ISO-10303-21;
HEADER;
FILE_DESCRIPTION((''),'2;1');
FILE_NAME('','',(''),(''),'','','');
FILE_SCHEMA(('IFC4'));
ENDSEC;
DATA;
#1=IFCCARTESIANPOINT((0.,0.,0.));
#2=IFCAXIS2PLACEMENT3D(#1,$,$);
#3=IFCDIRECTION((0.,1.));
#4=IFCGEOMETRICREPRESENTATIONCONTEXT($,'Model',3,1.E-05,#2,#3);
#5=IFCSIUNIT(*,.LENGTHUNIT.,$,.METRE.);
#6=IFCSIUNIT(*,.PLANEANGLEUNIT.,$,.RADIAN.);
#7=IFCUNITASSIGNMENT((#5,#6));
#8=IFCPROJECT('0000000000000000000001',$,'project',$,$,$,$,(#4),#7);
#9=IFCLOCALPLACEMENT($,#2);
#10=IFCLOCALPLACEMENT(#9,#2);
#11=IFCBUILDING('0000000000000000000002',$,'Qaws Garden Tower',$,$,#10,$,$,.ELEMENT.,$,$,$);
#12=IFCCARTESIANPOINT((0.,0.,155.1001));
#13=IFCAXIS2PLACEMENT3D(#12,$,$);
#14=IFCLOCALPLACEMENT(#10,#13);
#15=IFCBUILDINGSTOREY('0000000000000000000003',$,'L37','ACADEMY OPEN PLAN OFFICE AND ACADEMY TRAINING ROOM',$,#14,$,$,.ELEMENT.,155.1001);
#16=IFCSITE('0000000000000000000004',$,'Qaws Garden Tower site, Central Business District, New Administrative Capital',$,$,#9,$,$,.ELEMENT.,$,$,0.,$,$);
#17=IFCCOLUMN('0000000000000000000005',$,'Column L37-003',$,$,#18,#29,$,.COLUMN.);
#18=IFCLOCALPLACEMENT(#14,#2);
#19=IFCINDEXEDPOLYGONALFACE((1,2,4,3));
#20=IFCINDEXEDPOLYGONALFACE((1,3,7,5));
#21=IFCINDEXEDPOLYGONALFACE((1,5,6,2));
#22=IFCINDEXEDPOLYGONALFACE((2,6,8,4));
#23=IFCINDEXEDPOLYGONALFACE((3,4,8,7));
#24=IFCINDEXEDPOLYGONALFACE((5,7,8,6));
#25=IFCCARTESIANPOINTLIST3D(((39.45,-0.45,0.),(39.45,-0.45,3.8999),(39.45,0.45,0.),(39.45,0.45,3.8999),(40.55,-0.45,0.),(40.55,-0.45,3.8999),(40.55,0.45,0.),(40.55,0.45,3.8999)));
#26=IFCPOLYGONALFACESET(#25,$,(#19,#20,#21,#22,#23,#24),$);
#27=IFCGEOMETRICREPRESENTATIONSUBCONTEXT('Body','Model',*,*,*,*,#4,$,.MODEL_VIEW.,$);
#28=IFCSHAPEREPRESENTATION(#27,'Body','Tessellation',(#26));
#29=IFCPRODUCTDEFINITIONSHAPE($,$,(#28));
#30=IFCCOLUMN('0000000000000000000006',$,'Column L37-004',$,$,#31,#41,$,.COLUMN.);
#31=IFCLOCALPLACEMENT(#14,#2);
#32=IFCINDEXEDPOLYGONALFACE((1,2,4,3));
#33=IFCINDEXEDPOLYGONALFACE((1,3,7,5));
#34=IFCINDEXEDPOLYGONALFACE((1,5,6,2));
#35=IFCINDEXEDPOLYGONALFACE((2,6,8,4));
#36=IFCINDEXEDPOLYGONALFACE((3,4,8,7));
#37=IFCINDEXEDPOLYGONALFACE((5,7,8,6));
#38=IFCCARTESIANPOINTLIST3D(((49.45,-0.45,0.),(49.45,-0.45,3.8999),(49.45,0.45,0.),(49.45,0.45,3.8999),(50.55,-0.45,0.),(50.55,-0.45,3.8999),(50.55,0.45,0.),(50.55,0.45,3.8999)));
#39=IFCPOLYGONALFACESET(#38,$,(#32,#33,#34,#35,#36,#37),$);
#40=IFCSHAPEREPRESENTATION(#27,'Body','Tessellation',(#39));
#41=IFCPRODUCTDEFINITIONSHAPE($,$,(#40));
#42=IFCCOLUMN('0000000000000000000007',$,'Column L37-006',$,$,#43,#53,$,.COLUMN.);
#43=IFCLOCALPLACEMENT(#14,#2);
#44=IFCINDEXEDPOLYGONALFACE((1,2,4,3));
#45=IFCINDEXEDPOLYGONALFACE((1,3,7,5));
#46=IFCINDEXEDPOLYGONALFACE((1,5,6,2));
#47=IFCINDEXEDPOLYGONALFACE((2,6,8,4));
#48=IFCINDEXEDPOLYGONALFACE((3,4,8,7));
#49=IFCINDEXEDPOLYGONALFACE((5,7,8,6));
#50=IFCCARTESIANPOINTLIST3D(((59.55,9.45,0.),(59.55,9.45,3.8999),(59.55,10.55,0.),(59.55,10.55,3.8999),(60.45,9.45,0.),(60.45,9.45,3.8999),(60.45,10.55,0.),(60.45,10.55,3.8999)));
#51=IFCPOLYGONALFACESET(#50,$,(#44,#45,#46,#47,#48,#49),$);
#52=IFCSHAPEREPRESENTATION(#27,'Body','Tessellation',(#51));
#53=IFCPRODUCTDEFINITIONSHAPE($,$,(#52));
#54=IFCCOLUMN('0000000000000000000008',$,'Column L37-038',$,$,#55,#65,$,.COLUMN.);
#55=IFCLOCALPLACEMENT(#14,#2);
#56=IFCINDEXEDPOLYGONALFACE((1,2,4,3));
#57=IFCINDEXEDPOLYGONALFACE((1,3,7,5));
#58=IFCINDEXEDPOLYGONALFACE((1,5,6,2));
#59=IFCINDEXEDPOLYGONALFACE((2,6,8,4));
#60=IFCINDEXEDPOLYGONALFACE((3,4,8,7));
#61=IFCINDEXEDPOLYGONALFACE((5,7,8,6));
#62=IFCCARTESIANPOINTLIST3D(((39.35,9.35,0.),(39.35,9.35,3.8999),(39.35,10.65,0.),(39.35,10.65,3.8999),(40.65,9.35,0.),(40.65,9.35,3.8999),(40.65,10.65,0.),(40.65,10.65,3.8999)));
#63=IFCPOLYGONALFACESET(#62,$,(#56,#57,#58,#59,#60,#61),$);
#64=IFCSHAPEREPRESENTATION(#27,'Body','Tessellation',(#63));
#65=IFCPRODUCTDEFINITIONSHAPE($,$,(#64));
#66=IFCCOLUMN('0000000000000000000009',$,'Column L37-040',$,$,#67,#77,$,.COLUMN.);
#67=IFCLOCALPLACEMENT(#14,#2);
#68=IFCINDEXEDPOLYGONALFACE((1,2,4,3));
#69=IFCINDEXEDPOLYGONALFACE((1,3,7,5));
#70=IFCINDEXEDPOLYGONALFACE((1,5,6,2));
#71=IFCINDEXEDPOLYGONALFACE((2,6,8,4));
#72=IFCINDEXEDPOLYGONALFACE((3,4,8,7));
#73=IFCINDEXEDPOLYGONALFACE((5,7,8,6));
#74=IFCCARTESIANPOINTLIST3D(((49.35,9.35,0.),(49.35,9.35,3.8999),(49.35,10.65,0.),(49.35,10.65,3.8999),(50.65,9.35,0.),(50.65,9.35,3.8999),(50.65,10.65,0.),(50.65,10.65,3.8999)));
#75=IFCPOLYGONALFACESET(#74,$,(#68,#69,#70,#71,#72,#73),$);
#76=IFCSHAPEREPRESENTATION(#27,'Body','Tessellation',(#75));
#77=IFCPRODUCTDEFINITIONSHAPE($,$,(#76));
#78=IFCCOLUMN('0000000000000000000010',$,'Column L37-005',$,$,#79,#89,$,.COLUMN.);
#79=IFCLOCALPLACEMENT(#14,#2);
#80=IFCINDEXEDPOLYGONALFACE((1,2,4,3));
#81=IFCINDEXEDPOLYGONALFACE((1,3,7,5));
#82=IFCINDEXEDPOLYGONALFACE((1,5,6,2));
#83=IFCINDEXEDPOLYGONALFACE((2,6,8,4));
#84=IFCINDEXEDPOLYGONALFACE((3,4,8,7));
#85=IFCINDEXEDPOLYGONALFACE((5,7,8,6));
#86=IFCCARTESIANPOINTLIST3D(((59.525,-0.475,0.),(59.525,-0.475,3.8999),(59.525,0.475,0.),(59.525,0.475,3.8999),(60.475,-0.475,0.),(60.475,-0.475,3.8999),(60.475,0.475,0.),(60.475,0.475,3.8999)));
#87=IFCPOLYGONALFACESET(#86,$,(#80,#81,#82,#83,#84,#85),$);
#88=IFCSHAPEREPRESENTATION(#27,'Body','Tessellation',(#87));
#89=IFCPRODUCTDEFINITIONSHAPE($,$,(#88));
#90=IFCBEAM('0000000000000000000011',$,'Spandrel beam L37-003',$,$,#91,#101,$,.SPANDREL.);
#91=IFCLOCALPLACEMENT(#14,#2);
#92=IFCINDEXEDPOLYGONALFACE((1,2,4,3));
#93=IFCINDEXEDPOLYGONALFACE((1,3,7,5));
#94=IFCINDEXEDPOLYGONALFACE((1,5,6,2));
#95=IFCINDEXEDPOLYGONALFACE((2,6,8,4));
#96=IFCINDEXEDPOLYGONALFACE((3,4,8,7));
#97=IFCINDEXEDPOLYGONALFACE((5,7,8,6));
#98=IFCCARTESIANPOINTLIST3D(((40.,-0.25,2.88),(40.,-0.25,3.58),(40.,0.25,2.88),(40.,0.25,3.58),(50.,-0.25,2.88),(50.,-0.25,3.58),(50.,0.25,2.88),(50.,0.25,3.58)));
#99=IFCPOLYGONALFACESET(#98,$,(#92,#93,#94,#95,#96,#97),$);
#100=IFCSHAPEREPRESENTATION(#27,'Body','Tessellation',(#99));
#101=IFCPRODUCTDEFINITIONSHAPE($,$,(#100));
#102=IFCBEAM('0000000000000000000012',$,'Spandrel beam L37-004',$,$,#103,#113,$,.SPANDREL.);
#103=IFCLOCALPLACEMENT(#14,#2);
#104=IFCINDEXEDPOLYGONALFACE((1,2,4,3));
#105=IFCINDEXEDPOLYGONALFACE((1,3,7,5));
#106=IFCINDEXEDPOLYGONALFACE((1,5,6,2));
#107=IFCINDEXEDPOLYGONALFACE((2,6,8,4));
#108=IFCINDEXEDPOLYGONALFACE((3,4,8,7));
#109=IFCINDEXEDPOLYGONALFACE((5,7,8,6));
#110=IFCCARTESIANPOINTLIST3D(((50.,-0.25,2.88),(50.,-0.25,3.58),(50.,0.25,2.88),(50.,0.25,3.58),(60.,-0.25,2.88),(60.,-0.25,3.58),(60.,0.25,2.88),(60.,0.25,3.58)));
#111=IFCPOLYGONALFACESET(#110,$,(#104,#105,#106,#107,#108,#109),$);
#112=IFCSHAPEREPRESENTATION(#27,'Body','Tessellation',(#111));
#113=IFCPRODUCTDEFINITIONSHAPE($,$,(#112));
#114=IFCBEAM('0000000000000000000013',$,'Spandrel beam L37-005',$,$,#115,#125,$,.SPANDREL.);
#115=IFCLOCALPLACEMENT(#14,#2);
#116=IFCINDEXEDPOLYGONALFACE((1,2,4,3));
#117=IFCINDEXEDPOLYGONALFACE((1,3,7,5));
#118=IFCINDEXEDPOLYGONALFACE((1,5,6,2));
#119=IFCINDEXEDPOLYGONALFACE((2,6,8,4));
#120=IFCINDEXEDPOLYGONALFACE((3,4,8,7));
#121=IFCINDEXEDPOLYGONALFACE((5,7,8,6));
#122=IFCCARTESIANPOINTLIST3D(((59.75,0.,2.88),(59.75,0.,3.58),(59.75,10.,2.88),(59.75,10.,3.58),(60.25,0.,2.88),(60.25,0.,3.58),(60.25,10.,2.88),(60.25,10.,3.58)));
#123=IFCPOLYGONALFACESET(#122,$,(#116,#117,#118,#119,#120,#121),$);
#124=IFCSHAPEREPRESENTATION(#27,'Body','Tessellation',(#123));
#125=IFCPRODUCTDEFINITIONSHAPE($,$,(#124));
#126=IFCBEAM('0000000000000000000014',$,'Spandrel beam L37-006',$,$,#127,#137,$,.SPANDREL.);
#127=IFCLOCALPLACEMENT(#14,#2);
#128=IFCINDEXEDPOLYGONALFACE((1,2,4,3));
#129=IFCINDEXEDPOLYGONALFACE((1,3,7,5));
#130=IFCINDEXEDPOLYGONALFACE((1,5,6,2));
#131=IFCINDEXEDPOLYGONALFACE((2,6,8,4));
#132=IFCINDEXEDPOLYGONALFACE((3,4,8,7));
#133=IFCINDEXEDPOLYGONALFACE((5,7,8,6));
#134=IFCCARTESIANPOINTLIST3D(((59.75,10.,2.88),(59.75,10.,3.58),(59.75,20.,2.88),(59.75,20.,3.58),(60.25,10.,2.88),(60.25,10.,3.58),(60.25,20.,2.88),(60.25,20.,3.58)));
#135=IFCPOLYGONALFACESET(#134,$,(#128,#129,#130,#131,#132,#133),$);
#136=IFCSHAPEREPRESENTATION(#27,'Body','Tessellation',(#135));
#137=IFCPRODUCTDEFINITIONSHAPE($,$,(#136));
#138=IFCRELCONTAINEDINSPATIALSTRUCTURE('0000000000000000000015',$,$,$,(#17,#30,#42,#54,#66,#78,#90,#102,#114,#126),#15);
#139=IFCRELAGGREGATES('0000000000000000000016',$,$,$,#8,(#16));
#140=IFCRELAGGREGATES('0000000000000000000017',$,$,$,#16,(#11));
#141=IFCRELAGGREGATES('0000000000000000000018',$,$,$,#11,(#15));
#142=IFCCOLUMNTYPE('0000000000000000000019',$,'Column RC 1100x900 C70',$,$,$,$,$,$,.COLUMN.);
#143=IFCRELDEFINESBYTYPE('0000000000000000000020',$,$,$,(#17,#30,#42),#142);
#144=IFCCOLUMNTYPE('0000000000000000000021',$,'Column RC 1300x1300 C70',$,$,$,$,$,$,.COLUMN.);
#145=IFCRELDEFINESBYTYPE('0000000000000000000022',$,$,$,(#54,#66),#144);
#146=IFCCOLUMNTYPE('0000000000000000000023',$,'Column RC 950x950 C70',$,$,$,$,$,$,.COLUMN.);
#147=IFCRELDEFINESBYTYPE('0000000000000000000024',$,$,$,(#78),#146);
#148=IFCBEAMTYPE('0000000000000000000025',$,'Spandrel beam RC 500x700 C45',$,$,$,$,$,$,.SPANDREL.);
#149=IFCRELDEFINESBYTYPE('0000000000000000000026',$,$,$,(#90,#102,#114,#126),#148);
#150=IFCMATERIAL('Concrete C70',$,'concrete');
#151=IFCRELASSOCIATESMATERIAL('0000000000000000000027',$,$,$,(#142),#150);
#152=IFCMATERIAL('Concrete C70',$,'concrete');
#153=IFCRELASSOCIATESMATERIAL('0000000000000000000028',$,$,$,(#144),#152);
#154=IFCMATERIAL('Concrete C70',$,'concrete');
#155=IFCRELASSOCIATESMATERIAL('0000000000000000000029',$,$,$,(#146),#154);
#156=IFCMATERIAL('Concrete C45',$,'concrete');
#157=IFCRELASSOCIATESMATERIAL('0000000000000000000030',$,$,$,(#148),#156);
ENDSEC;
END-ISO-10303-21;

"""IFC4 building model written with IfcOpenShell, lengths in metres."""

from ifc_helpers import new_model, si_unit, direction, frame, origin, origin_2d, place, context, subcontext, project, spatial, rectangle, extrude, material, material_profile, profile_set, type_object, element, save


model = new_model("IFC4")

# Units and contexts
model_context = context("Model", 3, precision=1e-05, world=origin(), true_north=direction((0.0, 1.0)))
body_context = subcontext(model_context, "Body", "Model", "MODEL_VIEW")
ifc_project = project(units=[si_unit("LENGTHUNIT", "METRE"), si_unit("PLANEANGLEUNIT", "RADIAN")], contexts=[model_context])

# Site, building, storey
site_placement = place(None, origin())
site = spatial("IfcSite", under=ifc_project, at=site_placement, Name="Qaws Garden Tower site, Central Business District, New Administrative Capital", CompositionType="ELEMENT", RefElevation=0.0)
building_placement = place(site_placement, origin())
building = spatial("IfcBuilding", under=site, at=building_placement, Name="Qaws Garden Tower", CompositionType="ELEMENT")
storey_placement = place(building_placement, frame((0.0, 0.0, 155.1001)))
storey = spatial("IfcBuildingStorey", under=building, at=storey_placement, Name="L37", Description="ACADEMY OPEN PLAN OFFICE AND ACADEMY TRAINING ROOM", CompositionType="ELEMENT", Elevation=155.1001)

# Columns
ifc_material_1 = material(Name="Concrete C70", Category="concrete")
ifc_material_profile_1 = material_profile(ifc_material_1, rectangle(XDim=1.1001, YDim=0.8999, at=origin_2d()), Name="RC 1100x900")
ifc_profile_set_1 = profile_set([ifc_material_profile_1], Name="Concrete C70")
column_type_1 = type_object("IfcColumnType", Name="Column RC 1100x900 C70", PredefinedType="COLUMN", material=ifc_profile_set_1)
for number, where, z_axis, x_axis, name in (
    (1, (40.0, 0.0, 0.0), (0.0, 0.0, 1.0), (1.0, 0.0, 0.0), "Column L37-003"),
    (2, (50.0, 0.0, 0.0), (0.0, 0.0, 1.0), (1.0, 0.0, 0.0), "Column L37-004"),
    (3, (60.0, 10.0, 0.0), (0.0, 0.0, 1.0), (0.0, 1.0, 0.0), "Column L37-006"),
):
    element("IfcColumn", number, at=place(storey_placement, frame(where, z_axis=z_axis, x_axis=x_axis)), inside=storey, type_object=column_type_1, Name=name, PredefinedType="COLUMN", context=body_context, shape_type="SweptSolid", body=[
        extrude(rectangle(XDim=1.1001, YDim=0.8999, at=origin_2d()), origin(), (0.0, 0.0, 1.0), 3.8999),
    ])
ifc_material_2 = material(Name="Concrete C70", Category="concrete")
ifc_material_profile_2 = material_profile(ifc_material_2, rectangle(XDim=1.3, YDim=1.3, at=origin_2d()), Name="RC 1300x1300")
ifc_profile_set_2 = profile_set([ifc_material_profile_2], Name="Concrete C70")
column_type_2 = type_object("IfcColumnType", Name="Column RC 1300x1300 C70", PredefinedType="COLUMN", material=ifc_profile_set_2)
for number, where, z_axis, x_axis, name in (
    (4, (40.0, 10.0, 0.0), (0.0, 0.0, 1.0), (1.0, 0.0, 0.0), "Column L37-038"),
    (5, (50.0, 10.0, 0.0), (0.0, 0.0, 1.0), (1.0, 0.0, 0.0), "Column L37-040"),
):
    element("IfcColumn", number, at=place(storey_placement, frame(where, z_axis=z_axis, x_axis=x_axis)), inside=storey, type_object=column_type_2, Name=name, PredefinedType="COLUMN", context=body_context, shape_type="SweptSolid", body=[
        extrude(rectangle(XDim=1.3, YDim=1.3, at=origin_2d()), origin(), (0.0, 0.0, 1.0), 3.8999),
    ])
ifc_material_3 = material(Name="Concrete C70", Category="concrete")
ifc_material_profile_3 = material_profile(ifc_material_3, rectangle(XDim=0.95, YDim=0.95, at=origin_2d()), Name="RC 950x950")
ifc_profile_set_3 = profile_set([ifc_material_profile_3], Name="Concrete C70")
column_type_3 = type_object("IfcColumnType", Name="Column RC 950x950 C70", PredefinedType="COLUMN", material=ifc_profile_set_3)
column_placement = place(storey_placement, frame((60.0, 0.0, 0.0), z_axis=(0.0, 0.0, 1.0), x_axis=(1.0, 0.0, 0.0)))
element("IfcColumn", 6, at=column_placement, inside=storey, type_object=column_type_3, Name="Column L37-005", PredefinedType="COLUMN", context=body_context, shape_type="SweptSolid", body=[
    extrude(rectangle(XDim=0.95, YDim=0.95, at=origin_2d()), origin(), (0.0, 0.0, 1.0), 3.8999),
])

# Beams
ifc_material_4 = material(Name="Concrete C45", Category="concrete")
ifc_material_profile_4 = material_profile(ifc_material_4, rectangle(XDim=0.5, YDim=0.7, at=origin_2d()), Name="RC 500x700")
ifc_profile_set_4 = profile_set([ifc_material_profile_4], Name="Concrete C45")
beam_type = type_object("IfcBeamType", Name="Spandrel beam RC 500x700 C45", PredefinedType="SPANDREL", material=ifc_profile_set_4)
for number, where, z_axis, x_axis, name in (
    (7, (40.0, 0.0, 3.23), (1.0, 0.0, 0.0), (0.0, 1.0, 0.0), "Spandrel beam L37-003"),
    (8, (50.0, 0.0, 3.23), (1.0, 0.0, 0.0), (0.0, 1.0, 0.0), "Spandrel beam L37-004"),
    (9, (60.0, 0.0, 3.23), (0.0, 1.0, 0.0), (-1.0, 0.0, 0.0), "Spandrel beam L37-005"),
    (10, (60.0, 10.0, 3.23), (0.0, 1.0, 0.0), (-1.0, 0.0, 0.0), "Spandrel beam L37-006"),
):
    element("IfcBeam", number, at=place(storey_placement, frame(where, z_axis=z_axis, x_axis=x_axis)), inside=storey, type_object=beam_type, Name=name, PredefinedType="SPANDREL", context=body_context, shape_type="SweptSolid", body=[
        extrude(rectangle(XDim=0.5, YDim=0.7, at=origin_2d()), origin(), (0.0, 0.0, 1.0), 10.0),
    ])

save(model, "model.ifc")
